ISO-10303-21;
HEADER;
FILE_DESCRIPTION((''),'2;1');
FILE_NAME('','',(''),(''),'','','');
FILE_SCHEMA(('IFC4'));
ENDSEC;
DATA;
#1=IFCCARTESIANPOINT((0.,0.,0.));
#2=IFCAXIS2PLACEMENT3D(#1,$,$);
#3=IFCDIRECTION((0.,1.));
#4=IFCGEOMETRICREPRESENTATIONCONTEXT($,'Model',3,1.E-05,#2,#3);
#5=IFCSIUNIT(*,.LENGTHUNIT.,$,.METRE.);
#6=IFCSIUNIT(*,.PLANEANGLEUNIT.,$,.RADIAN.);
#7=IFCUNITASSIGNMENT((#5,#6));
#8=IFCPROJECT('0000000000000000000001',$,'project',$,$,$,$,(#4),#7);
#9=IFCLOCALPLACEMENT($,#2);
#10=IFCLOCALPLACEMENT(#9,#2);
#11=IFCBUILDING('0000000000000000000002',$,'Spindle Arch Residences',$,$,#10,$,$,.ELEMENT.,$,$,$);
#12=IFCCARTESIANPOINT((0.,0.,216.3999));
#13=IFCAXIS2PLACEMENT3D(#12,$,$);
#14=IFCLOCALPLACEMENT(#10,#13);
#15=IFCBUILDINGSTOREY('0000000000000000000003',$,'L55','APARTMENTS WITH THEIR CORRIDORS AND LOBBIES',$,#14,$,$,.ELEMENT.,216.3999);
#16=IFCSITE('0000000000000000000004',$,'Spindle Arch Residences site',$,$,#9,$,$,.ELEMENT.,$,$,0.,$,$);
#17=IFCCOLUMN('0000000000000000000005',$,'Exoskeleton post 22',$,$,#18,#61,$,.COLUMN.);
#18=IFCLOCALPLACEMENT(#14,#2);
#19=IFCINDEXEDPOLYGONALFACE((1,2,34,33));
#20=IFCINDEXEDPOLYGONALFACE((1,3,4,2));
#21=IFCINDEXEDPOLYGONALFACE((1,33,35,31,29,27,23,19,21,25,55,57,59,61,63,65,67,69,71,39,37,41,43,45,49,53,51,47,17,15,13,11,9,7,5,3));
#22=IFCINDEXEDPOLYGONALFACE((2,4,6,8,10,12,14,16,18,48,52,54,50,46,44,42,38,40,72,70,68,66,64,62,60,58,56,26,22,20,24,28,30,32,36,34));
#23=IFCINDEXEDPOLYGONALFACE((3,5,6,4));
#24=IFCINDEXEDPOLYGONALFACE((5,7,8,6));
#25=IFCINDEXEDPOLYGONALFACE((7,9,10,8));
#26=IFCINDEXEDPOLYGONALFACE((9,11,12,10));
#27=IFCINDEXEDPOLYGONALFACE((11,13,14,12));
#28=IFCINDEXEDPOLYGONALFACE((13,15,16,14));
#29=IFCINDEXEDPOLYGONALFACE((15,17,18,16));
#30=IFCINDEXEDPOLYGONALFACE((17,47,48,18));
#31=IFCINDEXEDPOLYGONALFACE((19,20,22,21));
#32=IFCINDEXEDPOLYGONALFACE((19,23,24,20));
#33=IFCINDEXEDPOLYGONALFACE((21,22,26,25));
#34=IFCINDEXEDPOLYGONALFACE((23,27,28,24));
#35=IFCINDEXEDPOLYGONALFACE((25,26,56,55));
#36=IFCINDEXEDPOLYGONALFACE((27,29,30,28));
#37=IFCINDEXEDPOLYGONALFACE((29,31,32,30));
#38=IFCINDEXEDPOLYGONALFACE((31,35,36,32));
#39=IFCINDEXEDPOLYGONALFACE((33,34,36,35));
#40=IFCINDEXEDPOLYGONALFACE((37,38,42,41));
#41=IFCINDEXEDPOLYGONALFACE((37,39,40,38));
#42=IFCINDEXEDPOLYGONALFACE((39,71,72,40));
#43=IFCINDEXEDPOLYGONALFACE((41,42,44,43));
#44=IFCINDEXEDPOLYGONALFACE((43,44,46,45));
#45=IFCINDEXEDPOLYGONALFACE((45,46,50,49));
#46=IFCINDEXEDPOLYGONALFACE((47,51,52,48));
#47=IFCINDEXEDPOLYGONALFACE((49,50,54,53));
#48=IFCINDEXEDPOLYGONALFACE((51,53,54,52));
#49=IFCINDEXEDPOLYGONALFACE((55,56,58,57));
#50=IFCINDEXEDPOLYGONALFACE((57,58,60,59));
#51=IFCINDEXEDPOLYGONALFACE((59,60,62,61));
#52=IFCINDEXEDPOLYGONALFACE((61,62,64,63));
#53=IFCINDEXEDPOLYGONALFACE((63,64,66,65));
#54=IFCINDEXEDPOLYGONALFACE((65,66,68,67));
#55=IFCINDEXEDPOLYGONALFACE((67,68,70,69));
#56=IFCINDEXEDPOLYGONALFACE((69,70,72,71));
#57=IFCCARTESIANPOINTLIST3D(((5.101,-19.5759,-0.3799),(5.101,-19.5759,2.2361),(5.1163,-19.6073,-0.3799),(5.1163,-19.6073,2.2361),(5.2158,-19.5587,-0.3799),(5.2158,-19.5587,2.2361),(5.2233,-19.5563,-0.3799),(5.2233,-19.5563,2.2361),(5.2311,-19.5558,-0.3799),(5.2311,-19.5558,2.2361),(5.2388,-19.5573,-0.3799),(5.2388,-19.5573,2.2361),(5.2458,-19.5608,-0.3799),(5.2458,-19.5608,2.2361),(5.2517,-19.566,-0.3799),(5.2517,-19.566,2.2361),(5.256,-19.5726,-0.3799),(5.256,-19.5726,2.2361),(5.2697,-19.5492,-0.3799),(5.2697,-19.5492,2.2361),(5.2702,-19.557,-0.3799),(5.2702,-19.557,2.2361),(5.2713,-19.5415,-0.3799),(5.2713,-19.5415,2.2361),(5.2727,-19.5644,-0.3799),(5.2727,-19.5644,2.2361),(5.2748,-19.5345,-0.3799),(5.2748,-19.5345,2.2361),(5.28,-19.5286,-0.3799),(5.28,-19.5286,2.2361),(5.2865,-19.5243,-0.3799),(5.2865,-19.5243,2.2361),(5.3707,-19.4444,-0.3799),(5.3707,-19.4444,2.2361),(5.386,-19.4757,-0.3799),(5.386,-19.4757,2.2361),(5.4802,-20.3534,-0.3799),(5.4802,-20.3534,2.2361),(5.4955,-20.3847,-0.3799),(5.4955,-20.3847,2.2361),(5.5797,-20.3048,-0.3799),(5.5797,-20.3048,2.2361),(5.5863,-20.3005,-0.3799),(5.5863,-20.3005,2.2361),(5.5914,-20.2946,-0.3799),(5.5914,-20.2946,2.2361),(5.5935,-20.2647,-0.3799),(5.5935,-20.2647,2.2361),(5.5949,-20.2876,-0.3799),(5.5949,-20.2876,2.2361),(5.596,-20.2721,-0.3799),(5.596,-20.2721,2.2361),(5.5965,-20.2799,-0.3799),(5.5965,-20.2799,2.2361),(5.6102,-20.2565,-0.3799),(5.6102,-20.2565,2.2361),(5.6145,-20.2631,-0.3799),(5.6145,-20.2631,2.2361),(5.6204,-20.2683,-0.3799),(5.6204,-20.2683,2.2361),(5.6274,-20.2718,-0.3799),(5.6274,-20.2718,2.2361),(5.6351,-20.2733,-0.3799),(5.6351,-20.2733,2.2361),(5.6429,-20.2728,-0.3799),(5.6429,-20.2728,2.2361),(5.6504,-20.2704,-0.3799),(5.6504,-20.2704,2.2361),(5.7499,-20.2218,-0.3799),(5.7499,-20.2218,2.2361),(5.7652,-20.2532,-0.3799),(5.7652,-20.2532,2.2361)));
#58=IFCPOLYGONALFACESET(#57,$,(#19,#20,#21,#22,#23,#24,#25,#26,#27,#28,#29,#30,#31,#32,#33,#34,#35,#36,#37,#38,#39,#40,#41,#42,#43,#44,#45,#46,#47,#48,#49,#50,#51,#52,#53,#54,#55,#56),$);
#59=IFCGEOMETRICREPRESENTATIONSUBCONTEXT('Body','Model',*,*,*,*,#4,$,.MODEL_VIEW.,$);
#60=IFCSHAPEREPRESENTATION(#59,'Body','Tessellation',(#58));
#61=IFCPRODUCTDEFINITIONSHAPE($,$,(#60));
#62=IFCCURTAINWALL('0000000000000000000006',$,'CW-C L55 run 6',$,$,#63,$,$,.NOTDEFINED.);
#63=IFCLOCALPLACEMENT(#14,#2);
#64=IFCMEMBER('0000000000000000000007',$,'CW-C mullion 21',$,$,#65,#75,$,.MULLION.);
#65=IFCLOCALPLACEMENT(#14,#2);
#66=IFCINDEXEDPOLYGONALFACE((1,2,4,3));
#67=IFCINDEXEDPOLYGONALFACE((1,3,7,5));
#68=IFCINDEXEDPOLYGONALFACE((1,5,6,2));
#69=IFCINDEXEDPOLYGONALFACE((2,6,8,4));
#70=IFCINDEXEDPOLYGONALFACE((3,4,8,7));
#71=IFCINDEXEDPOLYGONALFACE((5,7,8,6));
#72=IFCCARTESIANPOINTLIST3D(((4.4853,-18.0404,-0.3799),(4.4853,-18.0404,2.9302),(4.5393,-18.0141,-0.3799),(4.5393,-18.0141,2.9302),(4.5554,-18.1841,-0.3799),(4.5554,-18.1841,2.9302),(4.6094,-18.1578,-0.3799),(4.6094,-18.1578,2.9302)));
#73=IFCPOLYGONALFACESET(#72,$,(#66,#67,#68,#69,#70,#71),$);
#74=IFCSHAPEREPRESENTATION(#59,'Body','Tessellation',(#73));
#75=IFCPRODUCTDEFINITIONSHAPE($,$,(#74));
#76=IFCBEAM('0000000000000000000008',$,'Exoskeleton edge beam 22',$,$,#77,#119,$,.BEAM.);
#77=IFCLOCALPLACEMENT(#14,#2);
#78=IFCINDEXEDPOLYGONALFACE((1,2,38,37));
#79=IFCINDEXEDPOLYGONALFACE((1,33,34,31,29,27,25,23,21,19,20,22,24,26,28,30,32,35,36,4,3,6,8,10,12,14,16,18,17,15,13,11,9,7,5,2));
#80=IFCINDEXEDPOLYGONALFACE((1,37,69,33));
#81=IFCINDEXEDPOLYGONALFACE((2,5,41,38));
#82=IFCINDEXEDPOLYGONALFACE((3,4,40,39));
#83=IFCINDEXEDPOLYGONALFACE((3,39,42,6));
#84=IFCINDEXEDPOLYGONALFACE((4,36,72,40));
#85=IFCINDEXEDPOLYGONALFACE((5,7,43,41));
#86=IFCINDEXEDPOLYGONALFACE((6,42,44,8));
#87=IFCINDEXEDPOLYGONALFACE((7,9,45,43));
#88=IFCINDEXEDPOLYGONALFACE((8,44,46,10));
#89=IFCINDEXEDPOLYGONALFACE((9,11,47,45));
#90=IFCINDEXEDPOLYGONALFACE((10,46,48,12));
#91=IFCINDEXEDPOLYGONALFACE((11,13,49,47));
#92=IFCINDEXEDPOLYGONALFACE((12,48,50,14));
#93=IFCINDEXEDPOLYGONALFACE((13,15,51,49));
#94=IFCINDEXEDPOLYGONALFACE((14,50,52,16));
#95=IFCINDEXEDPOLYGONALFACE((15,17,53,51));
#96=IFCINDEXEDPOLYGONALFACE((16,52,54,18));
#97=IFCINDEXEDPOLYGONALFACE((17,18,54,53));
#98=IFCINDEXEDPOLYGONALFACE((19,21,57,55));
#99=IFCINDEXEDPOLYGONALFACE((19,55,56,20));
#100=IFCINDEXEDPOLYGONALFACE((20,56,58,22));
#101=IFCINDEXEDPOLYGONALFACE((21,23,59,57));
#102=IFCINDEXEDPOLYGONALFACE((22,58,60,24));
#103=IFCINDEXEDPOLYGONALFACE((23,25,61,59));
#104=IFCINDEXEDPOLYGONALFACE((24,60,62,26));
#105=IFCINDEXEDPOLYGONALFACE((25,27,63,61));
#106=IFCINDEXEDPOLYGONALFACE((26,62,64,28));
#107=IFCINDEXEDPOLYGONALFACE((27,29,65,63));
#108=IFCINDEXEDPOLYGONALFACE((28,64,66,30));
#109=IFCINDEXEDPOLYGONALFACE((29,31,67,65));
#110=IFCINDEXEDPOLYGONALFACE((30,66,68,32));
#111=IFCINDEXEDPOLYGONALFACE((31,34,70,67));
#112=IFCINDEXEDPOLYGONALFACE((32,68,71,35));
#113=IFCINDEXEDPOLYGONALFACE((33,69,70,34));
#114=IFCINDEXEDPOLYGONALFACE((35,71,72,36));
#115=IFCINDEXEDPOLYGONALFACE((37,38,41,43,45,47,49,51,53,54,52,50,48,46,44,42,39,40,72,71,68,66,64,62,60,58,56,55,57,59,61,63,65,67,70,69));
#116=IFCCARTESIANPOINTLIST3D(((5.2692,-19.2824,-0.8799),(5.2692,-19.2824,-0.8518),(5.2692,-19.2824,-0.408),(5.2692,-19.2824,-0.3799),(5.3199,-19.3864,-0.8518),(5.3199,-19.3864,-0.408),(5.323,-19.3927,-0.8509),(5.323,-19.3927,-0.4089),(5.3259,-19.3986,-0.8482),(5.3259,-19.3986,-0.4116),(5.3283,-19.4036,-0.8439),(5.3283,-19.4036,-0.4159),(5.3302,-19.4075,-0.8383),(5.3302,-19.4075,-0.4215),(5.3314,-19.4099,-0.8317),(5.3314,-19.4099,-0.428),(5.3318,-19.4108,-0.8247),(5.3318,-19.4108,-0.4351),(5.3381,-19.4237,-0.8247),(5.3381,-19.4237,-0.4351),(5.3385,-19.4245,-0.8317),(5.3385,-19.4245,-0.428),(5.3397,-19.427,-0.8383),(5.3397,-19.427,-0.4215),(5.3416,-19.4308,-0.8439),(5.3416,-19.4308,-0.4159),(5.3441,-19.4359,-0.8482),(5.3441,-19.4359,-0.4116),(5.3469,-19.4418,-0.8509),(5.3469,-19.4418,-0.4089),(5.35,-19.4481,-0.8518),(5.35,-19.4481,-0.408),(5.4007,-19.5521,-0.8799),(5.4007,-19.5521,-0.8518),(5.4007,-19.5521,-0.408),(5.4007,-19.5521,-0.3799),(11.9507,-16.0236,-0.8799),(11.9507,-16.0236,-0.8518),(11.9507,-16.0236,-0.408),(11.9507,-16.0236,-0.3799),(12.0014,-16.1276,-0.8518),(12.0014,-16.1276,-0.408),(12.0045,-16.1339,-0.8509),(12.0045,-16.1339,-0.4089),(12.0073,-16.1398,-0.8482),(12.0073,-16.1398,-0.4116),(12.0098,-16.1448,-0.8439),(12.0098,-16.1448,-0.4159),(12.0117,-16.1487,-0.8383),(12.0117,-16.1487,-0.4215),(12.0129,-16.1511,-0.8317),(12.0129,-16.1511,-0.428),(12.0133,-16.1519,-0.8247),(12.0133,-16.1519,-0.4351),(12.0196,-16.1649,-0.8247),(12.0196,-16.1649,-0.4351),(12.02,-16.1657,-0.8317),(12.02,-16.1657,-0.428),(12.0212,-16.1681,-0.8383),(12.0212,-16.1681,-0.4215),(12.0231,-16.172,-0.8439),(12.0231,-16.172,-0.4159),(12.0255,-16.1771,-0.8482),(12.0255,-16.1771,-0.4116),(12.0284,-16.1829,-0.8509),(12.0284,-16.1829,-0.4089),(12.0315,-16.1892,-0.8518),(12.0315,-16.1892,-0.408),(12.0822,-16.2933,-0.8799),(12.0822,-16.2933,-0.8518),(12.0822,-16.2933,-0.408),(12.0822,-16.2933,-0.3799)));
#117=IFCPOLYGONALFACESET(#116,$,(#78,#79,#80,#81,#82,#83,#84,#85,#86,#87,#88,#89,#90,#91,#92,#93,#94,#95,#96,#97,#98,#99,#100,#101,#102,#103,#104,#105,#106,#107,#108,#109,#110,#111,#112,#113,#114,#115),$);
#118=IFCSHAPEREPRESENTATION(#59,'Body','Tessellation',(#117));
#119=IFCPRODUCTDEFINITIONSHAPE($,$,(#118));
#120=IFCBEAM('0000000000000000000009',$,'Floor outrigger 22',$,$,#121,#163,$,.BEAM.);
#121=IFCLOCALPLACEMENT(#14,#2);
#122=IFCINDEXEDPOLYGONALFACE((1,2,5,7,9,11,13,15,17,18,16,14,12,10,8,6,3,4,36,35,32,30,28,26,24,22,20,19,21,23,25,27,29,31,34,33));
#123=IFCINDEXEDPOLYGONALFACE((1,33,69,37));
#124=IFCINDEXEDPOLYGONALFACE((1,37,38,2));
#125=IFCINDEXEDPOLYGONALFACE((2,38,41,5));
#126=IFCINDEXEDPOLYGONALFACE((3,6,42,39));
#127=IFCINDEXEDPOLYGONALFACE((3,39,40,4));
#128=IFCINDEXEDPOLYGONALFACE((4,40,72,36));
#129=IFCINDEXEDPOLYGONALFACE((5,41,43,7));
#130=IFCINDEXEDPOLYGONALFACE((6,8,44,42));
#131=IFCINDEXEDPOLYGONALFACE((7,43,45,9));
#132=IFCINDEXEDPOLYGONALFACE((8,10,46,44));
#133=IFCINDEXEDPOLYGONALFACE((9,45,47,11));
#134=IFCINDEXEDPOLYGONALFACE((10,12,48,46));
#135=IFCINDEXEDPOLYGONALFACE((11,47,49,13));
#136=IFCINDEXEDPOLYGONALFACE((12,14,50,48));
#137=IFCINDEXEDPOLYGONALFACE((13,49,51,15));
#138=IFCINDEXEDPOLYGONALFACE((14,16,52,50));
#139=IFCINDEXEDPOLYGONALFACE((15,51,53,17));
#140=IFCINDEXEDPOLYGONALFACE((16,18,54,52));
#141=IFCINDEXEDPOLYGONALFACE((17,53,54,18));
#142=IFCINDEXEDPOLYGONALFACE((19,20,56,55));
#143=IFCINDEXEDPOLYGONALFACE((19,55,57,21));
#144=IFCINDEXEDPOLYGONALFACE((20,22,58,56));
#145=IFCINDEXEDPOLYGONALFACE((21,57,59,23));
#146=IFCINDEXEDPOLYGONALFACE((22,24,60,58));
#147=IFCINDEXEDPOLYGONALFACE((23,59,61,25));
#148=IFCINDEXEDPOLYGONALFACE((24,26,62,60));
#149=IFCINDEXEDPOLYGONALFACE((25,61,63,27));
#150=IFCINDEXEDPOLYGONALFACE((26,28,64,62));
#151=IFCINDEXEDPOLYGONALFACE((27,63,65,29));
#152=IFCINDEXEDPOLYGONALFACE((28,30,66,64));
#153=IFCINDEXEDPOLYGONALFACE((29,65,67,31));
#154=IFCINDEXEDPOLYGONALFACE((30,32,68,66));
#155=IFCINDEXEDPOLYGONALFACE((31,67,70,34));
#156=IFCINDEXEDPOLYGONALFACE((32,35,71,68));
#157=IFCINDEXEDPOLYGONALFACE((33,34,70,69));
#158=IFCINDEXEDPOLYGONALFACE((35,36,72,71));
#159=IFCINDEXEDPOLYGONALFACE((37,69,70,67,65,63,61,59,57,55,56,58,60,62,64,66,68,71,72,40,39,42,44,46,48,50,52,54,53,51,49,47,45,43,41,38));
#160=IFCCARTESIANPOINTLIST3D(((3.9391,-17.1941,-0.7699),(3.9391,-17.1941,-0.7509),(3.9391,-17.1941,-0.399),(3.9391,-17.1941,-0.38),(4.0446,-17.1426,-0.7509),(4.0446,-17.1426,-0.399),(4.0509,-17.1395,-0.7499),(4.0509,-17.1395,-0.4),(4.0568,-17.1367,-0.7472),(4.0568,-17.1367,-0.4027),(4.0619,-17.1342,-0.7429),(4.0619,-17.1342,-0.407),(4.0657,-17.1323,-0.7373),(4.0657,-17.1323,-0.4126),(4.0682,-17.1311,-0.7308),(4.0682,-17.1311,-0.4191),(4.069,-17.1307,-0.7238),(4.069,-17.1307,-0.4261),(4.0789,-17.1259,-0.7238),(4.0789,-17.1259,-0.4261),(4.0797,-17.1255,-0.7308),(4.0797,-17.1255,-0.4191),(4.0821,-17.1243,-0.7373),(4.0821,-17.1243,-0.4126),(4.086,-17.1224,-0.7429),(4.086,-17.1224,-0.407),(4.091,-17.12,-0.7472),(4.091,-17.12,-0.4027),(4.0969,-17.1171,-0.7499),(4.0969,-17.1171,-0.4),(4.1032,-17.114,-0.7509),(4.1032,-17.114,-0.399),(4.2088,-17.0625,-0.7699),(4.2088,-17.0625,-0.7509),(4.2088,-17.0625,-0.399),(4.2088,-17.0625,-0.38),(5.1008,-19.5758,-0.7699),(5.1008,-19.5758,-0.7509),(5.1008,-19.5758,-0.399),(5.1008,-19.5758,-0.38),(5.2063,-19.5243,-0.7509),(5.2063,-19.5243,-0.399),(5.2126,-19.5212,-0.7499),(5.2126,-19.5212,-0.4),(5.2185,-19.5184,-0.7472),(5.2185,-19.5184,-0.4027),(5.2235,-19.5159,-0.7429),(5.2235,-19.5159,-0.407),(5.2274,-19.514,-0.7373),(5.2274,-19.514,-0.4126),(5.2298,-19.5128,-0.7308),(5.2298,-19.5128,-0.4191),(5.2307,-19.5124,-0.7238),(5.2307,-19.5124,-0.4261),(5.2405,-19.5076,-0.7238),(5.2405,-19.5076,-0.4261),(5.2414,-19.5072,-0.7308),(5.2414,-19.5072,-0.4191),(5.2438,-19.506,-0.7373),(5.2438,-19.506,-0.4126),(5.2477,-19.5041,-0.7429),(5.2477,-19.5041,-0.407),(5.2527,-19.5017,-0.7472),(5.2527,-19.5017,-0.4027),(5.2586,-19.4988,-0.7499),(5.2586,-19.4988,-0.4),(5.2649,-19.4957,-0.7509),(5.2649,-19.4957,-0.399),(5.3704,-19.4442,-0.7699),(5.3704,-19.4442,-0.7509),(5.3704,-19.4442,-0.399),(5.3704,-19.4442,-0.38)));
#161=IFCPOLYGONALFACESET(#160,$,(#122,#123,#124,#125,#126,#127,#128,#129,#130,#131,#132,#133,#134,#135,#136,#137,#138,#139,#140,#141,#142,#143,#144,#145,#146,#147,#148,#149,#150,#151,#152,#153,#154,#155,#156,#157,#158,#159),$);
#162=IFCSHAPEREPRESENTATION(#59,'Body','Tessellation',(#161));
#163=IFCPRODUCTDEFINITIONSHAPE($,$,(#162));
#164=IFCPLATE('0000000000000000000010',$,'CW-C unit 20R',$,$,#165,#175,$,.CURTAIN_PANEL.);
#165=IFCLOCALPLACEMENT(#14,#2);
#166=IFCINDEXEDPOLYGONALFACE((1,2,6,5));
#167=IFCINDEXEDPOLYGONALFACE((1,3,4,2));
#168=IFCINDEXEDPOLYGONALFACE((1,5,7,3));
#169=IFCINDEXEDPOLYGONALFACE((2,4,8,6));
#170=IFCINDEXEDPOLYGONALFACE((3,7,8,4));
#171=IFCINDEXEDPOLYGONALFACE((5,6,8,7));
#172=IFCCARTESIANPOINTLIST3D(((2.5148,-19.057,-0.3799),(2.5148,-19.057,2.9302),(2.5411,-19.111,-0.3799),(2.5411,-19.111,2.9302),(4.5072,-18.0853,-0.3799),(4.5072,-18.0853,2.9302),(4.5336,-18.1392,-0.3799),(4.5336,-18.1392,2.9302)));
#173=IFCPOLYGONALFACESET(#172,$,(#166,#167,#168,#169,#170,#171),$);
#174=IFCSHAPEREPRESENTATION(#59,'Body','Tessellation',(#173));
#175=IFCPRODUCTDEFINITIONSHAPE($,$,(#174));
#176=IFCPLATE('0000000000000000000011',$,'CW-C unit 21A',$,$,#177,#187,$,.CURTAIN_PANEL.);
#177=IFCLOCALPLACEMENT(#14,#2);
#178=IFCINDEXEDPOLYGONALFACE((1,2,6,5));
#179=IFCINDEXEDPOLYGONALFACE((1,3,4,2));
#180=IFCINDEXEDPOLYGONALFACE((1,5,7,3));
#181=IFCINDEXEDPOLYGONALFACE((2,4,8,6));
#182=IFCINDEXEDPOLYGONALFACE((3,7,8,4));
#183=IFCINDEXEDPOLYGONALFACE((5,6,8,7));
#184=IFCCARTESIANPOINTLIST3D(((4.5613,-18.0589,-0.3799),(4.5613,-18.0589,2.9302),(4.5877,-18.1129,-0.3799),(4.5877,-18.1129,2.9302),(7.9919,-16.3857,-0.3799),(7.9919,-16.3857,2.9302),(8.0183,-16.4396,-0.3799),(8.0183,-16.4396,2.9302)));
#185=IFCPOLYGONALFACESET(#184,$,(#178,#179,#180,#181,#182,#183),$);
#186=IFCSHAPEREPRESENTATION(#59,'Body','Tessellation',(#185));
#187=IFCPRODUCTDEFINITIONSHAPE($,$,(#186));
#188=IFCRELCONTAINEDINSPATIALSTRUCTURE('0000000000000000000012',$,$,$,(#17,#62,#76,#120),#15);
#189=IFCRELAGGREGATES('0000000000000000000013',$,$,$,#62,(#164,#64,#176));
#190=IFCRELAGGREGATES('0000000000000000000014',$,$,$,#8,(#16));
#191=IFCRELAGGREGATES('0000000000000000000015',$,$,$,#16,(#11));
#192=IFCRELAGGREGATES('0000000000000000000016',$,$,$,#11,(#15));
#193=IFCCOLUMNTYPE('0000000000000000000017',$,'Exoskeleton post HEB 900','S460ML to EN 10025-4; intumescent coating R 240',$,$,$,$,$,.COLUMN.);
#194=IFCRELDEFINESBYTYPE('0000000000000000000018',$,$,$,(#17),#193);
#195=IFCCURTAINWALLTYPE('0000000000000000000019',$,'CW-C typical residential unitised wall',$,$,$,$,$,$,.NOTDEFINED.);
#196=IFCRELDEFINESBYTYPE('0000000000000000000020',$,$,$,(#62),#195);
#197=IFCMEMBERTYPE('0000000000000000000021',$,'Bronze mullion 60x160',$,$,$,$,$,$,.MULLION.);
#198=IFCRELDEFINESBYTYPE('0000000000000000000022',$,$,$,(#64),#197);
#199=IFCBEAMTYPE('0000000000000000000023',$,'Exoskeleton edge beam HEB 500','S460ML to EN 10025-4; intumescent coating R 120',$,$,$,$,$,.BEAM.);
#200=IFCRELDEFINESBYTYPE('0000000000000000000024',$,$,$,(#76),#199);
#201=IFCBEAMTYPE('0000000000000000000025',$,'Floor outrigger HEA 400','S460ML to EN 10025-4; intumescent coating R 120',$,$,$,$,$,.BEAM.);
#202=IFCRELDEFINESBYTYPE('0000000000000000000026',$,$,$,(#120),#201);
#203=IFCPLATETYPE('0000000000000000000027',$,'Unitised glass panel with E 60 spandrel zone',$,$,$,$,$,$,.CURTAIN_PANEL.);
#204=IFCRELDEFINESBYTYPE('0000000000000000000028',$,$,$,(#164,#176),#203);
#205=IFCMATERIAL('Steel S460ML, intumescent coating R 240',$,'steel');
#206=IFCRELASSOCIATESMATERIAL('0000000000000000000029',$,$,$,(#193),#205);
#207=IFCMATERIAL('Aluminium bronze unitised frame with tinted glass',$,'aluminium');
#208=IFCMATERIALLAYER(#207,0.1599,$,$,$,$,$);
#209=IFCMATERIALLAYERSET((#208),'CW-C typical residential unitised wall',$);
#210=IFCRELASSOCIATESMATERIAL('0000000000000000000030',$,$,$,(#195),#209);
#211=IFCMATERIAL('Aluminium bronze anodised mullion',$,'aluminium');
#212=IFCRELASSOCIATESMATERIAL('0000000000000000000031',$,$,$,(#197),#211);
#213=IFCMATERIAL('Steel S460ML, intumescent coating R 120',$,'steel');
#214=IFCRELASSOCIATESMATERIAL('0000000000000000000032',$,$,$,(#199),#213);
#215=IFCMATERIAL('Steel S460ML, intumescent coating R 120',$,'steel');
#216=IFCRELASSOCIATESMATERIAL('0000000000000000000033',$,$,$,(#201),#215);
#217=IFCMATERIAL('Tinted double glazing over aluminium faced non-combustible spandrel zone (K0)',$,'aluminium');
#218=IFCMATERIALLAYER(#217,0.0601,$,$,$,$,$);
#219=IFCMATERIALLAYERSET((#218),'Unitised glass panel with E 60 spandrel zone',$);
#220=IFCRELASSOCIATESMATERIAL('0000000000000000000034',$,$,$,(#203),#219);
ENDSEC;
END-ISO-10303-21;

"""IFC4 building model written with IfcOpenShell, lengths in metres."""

from ifc_helpers import new_model, si_unit, direction, frame, origin, origin_2d, place, context, subcontext, project, spatial, rectangle, i_section, extrude, material, layer, layer_set, material_profile, profile_set, type_object, element, aggregate, save


model = new_model("IFC4")

# Units and contexts
model_context = context("Model", 3, precision=1e-05, world=origin(), true_north=direction((0.0, 1.0)))
body_context = subcontext(model_context, "Body", "Model", "MODEL_VIEW")
ifc_project = project(units=[si_unit("LENGTHUNIT", "METRE"), si_unit("PLANEANGLEUNIT", "RADIAN")], contexts=[model_context])

# Site, building, storey
site_placement = place(None, origin())
site = spatial("IfcSite", under=ifc_project, at=site_placement, Name="Spindle Arch Residences site", CompositionType="ELEMENT", RefElevation=0.0)
building_placement = place(site_placement, origin())
building = spatial("IfcBuilding", under=site, at=building_placement, Name="Spindle Arch Residences", CompositionType="ELEMENT")
storey_placement = place(building_placement, frame((0.0, 0.0, 216.3999)))
storey = spatial("IfcBuildingStorey", under=building, at=storey_placement, Name="L55", Description="APARTMENTS WITH THEIR CORRIDORS AND LOBBIES", CompositionType="ELEMENT", Elevation=216.3999)

# Column
ifc_material_1 = material(Name="Steel S460ML, intumescent coating R 240", Category="steel")
ifc_material_profile_1 = material_profile(ifc_material_1, i_section(OverallWidth=0.3, OverallDepth=0.8999, WebThickness=0.0186, FlangeThickness=0.0349, FilletRadius=0.03, at=origin_2d()), Name="HEB 900")
ifc_profile_set_1 = profile_set([ifc_material_profile_1], Name="Steel S460ML, intumescent coating R 240")
column_type = type_object("IfcColumnType", Name="Exoskeleton post HEB 900", Description="S460ML to EN 10025-4; intumescent coating R 240", PredefinedType="COLUMN", material=ifc_profile_set_1)
column_placement = place(storey_placement, frame((5.4331, -19.9146, -0.3799), z_axis=(0.0, 0.0, 1.0), x_axis=(-0.898794, -0.438371, 0.0)))
element("IfcColumn", 1, at=column_placement, inside=storey, type_object=column_type, Name="Exoskeleton post 22", PredefinedType="COLUMN", context=body_context, shape_type="SweptSolid", body=[
    extrude(i_section(OverallWidth=0.3, OverallDepth=0.8999, WebThickness=0.0186, FlangeThickness=0.0349, FilletRadius=0.03, at=origin_2d()), origin(), (0.0, 0.0, 1.0), 2.616),
])

# Curtain wall, member
ifc_material_2 = material(Name="Aluminium bronze unitised frame with tinted glass", Category="aluminium")
ifc_layer_1 = layer(ifc_material_2, 0.1599)
ifc_layer_set_1 = layer_set([ifc_layer_1], Name="CW-C typical residential unitised wall")
curtain_wall_type = type_object("IfcCurtainWallType", Name="CW-C typical residential unitised wall", PredefinedType="NOTDEFINED", material=ifc_layer_set_1)
curtain_wall_placement = place(storey_placement, origin())
curtain_wall = element("IfcCurtainWall", 2, at=curtain_wall_placement, inside=storey, type_object=curtain_wall_type, Name="CW-C L55 run 6", PredefinedType="NOTDEFINED")
ifc_material_3 = material(Name="Aluminium bronze anodised mullion", Category="aluminium")
ifc_material_profile_2 = material_profile(ifc_material_3, rectangle(XDim=0.1599, YDim=0.0601, at=origin_2d()), Name="MU 60x160")
ifc_profile_set_2 = profile_set([ifc_material_profile_2], Name="Aluminium bronze anodised mullion")
member_type = type_object("IfcMemberType", Name="Bronze mullion 60x160", PredefinedType="MULLION", material=ifc_profile_set_2)
member_placement = place(storey_placement, frame((4.5474, -18.0991, -0.3799), z_axis=(0.0, 0.0, 1.0), x_axis=(-0.438371, 0.898794, 0.0)))
member = element("IfcMember", 3, at=member_placement, type_object=member_type, Name="CW-C mullion 21", PredefinedType="MULLION", context=body_context, shape_type="SweptSolid", body=[
    extrude(rectangle(XDim=0.1599, YDim=0.0601, at=origin_2d()), origin(), (0.0, 0.0, 1.0), 3.3101),
])

# Beams
ifc_material_4 = material(Name="Steel S460ML, intumescent coating R 120", Category="steel")
ifc_material_profile_3 = material_profile(ifc_material_4, i_section(OverallWidth=0.3, OverallDepth=0.5, WebThickness=0.0144, FlangeThickness=0.0281, FilletRadius=0.0271, at=origin_2d()), Name="HEB 500")
ifc_profile_set_3 = profile_set([ifc_material_profile_3], Name="Steel S460ML, intumescent coating R 120")
beam_type_1 = type_object("IfcBeamType", Name="Exoskeleton edge beam HEB 500", Description="S460ML to EN 10025-4; intumescent coating R 120", PredefinedType="BEAM", material=ifc_profile_set_3)
beam_1_placement = place(storey_placement, frame((5.335, -19.4172, -0.6299), z_axis=(0.898791, 0.438377, 0.0), x_axis=(-0.438377, 0.898791, 0.0)))
element("IfcBeam", 4, at=beam_1_placement, inside=storey, type_object=beam_type_1, Name="Exoskeleton edge beam 22", PredefinedType="BEAM", context=body_context, shape_type="SweptSolid", body=[
    extrude(i_section(OverallWidth=0.3, OverallDepth=0.5, WebThickness=0.0144, FlangeThickness=0.0281, FilletRadius=0.0271, at=origin_2d()), origin(), (0.0, 0.0, 1.0), 7.4338),
])
ifc_material_5 = material(Name="Steel S460ML, intumescent coating R 120", Category="steel")
ifc_material_profile_4 = material_profile(ifc_material_5, i_section(OverallWidth=0.3, OverallDepth=0.3899, WebThickness=0.011, FlangeThickness=0.019, FilletRadius=0.0271, at=origin_2d()), Name="HEA 400")
ifc_profile_set_4 = profile_set([ifc_material_profile_4], Name="Steel S460ML, intumescent coating R 120")
beam_type_2 = type_object("IfcBeamType", Name="Floor outrigger HEA 400", Description="S460ML to EN 10025-4; intumescent coating R 120", PredefinedType="BEAM", material=ifc_profile_set_4)
beam_2_placement = place(storey_placement, frame((5.2356, -19.51, -0.575), z_axis=(-0.438384, 0.898788, 0.0), x_axis=(-0.898788, -0.438384, 0.0)))
element("IfcBeam", 5, at=beam_2_placement, inside=storey, type_object=beam_type_2, Name="Floor outrigger 22", PredefinedType="BEAM", context=body_context, shape_type="SweptSolid", body=[
    extrude(i_section(OverallWidth=0.3, OverallDepth=0.3899, WebThickness=0.011, FlangeThickness=0.019, FilletRadius=0.0271, at=origin_2d()), origin(), (0.0, 0.0, 1.0), 2.6499),
])

# Plates
ifc_material_6 = material(Name="Tinted double glazing over aluminium faced non-combustible spandrel zone (K0)", Category="aluminium")
ifc_layer_2 = layer(ifc_material_6, 0.0601)
ifc_layer_set_2 = layer_set([ifc_layer_2], Name="Unitised glass panel with E 60 spandrel zone")
plate_type = type_object("IfcPlateType", Name="Unitised glass panel with E 60 spandrel zone", PredefinedType="CURTAIN_PANEL", material=ifc_layer_set_2)
plate_1_placement = place(storey_placement, frame((3.5242, -18.5981, -0.3799), z_axis=(0.0, 0.0, 1.0), x_axis=(0.898794, 0.438371, 0.0)))
plate_1 = element("IfcPlate", 6, at=plate_1_placement, type_object=plate_type, Name="CW-C unit 20R", PredefinedType="CURTAIN_PANEL", context=body_context, shape_type="SweptSolid", body=[
    extrude(rectangle(XDim=2.2168, YDim=0.0601, at=origin_2d()), origin(), (0.0, 0.0, 1.0), 3.3101),
])
plate_2_placement = place(storey_placement, frame((6.2898, -17.2493, -0.3799), z_axis=(0.0, 0.0, 1.0), x_axis=(0.898794, 0.438371, 0.0)))
plate_2 = element("IfcPlate", 7, at=plate_2_placement, type_object=plate_type, Name="CW-C unit 21A", PredefinedType="CURTAIN_PANEL", context=body_context, shape_type="SweptSolid", body=[
    extrude(rectangle(XDim=3.8169, YDim=0.0601, at=origin_2d()), origin(), (0.0, 0.0, 1.0), 3.3101),
])
aggregate(curtain_wall, [plate_1, member, plate_2])

save(model, "model.ifc")
